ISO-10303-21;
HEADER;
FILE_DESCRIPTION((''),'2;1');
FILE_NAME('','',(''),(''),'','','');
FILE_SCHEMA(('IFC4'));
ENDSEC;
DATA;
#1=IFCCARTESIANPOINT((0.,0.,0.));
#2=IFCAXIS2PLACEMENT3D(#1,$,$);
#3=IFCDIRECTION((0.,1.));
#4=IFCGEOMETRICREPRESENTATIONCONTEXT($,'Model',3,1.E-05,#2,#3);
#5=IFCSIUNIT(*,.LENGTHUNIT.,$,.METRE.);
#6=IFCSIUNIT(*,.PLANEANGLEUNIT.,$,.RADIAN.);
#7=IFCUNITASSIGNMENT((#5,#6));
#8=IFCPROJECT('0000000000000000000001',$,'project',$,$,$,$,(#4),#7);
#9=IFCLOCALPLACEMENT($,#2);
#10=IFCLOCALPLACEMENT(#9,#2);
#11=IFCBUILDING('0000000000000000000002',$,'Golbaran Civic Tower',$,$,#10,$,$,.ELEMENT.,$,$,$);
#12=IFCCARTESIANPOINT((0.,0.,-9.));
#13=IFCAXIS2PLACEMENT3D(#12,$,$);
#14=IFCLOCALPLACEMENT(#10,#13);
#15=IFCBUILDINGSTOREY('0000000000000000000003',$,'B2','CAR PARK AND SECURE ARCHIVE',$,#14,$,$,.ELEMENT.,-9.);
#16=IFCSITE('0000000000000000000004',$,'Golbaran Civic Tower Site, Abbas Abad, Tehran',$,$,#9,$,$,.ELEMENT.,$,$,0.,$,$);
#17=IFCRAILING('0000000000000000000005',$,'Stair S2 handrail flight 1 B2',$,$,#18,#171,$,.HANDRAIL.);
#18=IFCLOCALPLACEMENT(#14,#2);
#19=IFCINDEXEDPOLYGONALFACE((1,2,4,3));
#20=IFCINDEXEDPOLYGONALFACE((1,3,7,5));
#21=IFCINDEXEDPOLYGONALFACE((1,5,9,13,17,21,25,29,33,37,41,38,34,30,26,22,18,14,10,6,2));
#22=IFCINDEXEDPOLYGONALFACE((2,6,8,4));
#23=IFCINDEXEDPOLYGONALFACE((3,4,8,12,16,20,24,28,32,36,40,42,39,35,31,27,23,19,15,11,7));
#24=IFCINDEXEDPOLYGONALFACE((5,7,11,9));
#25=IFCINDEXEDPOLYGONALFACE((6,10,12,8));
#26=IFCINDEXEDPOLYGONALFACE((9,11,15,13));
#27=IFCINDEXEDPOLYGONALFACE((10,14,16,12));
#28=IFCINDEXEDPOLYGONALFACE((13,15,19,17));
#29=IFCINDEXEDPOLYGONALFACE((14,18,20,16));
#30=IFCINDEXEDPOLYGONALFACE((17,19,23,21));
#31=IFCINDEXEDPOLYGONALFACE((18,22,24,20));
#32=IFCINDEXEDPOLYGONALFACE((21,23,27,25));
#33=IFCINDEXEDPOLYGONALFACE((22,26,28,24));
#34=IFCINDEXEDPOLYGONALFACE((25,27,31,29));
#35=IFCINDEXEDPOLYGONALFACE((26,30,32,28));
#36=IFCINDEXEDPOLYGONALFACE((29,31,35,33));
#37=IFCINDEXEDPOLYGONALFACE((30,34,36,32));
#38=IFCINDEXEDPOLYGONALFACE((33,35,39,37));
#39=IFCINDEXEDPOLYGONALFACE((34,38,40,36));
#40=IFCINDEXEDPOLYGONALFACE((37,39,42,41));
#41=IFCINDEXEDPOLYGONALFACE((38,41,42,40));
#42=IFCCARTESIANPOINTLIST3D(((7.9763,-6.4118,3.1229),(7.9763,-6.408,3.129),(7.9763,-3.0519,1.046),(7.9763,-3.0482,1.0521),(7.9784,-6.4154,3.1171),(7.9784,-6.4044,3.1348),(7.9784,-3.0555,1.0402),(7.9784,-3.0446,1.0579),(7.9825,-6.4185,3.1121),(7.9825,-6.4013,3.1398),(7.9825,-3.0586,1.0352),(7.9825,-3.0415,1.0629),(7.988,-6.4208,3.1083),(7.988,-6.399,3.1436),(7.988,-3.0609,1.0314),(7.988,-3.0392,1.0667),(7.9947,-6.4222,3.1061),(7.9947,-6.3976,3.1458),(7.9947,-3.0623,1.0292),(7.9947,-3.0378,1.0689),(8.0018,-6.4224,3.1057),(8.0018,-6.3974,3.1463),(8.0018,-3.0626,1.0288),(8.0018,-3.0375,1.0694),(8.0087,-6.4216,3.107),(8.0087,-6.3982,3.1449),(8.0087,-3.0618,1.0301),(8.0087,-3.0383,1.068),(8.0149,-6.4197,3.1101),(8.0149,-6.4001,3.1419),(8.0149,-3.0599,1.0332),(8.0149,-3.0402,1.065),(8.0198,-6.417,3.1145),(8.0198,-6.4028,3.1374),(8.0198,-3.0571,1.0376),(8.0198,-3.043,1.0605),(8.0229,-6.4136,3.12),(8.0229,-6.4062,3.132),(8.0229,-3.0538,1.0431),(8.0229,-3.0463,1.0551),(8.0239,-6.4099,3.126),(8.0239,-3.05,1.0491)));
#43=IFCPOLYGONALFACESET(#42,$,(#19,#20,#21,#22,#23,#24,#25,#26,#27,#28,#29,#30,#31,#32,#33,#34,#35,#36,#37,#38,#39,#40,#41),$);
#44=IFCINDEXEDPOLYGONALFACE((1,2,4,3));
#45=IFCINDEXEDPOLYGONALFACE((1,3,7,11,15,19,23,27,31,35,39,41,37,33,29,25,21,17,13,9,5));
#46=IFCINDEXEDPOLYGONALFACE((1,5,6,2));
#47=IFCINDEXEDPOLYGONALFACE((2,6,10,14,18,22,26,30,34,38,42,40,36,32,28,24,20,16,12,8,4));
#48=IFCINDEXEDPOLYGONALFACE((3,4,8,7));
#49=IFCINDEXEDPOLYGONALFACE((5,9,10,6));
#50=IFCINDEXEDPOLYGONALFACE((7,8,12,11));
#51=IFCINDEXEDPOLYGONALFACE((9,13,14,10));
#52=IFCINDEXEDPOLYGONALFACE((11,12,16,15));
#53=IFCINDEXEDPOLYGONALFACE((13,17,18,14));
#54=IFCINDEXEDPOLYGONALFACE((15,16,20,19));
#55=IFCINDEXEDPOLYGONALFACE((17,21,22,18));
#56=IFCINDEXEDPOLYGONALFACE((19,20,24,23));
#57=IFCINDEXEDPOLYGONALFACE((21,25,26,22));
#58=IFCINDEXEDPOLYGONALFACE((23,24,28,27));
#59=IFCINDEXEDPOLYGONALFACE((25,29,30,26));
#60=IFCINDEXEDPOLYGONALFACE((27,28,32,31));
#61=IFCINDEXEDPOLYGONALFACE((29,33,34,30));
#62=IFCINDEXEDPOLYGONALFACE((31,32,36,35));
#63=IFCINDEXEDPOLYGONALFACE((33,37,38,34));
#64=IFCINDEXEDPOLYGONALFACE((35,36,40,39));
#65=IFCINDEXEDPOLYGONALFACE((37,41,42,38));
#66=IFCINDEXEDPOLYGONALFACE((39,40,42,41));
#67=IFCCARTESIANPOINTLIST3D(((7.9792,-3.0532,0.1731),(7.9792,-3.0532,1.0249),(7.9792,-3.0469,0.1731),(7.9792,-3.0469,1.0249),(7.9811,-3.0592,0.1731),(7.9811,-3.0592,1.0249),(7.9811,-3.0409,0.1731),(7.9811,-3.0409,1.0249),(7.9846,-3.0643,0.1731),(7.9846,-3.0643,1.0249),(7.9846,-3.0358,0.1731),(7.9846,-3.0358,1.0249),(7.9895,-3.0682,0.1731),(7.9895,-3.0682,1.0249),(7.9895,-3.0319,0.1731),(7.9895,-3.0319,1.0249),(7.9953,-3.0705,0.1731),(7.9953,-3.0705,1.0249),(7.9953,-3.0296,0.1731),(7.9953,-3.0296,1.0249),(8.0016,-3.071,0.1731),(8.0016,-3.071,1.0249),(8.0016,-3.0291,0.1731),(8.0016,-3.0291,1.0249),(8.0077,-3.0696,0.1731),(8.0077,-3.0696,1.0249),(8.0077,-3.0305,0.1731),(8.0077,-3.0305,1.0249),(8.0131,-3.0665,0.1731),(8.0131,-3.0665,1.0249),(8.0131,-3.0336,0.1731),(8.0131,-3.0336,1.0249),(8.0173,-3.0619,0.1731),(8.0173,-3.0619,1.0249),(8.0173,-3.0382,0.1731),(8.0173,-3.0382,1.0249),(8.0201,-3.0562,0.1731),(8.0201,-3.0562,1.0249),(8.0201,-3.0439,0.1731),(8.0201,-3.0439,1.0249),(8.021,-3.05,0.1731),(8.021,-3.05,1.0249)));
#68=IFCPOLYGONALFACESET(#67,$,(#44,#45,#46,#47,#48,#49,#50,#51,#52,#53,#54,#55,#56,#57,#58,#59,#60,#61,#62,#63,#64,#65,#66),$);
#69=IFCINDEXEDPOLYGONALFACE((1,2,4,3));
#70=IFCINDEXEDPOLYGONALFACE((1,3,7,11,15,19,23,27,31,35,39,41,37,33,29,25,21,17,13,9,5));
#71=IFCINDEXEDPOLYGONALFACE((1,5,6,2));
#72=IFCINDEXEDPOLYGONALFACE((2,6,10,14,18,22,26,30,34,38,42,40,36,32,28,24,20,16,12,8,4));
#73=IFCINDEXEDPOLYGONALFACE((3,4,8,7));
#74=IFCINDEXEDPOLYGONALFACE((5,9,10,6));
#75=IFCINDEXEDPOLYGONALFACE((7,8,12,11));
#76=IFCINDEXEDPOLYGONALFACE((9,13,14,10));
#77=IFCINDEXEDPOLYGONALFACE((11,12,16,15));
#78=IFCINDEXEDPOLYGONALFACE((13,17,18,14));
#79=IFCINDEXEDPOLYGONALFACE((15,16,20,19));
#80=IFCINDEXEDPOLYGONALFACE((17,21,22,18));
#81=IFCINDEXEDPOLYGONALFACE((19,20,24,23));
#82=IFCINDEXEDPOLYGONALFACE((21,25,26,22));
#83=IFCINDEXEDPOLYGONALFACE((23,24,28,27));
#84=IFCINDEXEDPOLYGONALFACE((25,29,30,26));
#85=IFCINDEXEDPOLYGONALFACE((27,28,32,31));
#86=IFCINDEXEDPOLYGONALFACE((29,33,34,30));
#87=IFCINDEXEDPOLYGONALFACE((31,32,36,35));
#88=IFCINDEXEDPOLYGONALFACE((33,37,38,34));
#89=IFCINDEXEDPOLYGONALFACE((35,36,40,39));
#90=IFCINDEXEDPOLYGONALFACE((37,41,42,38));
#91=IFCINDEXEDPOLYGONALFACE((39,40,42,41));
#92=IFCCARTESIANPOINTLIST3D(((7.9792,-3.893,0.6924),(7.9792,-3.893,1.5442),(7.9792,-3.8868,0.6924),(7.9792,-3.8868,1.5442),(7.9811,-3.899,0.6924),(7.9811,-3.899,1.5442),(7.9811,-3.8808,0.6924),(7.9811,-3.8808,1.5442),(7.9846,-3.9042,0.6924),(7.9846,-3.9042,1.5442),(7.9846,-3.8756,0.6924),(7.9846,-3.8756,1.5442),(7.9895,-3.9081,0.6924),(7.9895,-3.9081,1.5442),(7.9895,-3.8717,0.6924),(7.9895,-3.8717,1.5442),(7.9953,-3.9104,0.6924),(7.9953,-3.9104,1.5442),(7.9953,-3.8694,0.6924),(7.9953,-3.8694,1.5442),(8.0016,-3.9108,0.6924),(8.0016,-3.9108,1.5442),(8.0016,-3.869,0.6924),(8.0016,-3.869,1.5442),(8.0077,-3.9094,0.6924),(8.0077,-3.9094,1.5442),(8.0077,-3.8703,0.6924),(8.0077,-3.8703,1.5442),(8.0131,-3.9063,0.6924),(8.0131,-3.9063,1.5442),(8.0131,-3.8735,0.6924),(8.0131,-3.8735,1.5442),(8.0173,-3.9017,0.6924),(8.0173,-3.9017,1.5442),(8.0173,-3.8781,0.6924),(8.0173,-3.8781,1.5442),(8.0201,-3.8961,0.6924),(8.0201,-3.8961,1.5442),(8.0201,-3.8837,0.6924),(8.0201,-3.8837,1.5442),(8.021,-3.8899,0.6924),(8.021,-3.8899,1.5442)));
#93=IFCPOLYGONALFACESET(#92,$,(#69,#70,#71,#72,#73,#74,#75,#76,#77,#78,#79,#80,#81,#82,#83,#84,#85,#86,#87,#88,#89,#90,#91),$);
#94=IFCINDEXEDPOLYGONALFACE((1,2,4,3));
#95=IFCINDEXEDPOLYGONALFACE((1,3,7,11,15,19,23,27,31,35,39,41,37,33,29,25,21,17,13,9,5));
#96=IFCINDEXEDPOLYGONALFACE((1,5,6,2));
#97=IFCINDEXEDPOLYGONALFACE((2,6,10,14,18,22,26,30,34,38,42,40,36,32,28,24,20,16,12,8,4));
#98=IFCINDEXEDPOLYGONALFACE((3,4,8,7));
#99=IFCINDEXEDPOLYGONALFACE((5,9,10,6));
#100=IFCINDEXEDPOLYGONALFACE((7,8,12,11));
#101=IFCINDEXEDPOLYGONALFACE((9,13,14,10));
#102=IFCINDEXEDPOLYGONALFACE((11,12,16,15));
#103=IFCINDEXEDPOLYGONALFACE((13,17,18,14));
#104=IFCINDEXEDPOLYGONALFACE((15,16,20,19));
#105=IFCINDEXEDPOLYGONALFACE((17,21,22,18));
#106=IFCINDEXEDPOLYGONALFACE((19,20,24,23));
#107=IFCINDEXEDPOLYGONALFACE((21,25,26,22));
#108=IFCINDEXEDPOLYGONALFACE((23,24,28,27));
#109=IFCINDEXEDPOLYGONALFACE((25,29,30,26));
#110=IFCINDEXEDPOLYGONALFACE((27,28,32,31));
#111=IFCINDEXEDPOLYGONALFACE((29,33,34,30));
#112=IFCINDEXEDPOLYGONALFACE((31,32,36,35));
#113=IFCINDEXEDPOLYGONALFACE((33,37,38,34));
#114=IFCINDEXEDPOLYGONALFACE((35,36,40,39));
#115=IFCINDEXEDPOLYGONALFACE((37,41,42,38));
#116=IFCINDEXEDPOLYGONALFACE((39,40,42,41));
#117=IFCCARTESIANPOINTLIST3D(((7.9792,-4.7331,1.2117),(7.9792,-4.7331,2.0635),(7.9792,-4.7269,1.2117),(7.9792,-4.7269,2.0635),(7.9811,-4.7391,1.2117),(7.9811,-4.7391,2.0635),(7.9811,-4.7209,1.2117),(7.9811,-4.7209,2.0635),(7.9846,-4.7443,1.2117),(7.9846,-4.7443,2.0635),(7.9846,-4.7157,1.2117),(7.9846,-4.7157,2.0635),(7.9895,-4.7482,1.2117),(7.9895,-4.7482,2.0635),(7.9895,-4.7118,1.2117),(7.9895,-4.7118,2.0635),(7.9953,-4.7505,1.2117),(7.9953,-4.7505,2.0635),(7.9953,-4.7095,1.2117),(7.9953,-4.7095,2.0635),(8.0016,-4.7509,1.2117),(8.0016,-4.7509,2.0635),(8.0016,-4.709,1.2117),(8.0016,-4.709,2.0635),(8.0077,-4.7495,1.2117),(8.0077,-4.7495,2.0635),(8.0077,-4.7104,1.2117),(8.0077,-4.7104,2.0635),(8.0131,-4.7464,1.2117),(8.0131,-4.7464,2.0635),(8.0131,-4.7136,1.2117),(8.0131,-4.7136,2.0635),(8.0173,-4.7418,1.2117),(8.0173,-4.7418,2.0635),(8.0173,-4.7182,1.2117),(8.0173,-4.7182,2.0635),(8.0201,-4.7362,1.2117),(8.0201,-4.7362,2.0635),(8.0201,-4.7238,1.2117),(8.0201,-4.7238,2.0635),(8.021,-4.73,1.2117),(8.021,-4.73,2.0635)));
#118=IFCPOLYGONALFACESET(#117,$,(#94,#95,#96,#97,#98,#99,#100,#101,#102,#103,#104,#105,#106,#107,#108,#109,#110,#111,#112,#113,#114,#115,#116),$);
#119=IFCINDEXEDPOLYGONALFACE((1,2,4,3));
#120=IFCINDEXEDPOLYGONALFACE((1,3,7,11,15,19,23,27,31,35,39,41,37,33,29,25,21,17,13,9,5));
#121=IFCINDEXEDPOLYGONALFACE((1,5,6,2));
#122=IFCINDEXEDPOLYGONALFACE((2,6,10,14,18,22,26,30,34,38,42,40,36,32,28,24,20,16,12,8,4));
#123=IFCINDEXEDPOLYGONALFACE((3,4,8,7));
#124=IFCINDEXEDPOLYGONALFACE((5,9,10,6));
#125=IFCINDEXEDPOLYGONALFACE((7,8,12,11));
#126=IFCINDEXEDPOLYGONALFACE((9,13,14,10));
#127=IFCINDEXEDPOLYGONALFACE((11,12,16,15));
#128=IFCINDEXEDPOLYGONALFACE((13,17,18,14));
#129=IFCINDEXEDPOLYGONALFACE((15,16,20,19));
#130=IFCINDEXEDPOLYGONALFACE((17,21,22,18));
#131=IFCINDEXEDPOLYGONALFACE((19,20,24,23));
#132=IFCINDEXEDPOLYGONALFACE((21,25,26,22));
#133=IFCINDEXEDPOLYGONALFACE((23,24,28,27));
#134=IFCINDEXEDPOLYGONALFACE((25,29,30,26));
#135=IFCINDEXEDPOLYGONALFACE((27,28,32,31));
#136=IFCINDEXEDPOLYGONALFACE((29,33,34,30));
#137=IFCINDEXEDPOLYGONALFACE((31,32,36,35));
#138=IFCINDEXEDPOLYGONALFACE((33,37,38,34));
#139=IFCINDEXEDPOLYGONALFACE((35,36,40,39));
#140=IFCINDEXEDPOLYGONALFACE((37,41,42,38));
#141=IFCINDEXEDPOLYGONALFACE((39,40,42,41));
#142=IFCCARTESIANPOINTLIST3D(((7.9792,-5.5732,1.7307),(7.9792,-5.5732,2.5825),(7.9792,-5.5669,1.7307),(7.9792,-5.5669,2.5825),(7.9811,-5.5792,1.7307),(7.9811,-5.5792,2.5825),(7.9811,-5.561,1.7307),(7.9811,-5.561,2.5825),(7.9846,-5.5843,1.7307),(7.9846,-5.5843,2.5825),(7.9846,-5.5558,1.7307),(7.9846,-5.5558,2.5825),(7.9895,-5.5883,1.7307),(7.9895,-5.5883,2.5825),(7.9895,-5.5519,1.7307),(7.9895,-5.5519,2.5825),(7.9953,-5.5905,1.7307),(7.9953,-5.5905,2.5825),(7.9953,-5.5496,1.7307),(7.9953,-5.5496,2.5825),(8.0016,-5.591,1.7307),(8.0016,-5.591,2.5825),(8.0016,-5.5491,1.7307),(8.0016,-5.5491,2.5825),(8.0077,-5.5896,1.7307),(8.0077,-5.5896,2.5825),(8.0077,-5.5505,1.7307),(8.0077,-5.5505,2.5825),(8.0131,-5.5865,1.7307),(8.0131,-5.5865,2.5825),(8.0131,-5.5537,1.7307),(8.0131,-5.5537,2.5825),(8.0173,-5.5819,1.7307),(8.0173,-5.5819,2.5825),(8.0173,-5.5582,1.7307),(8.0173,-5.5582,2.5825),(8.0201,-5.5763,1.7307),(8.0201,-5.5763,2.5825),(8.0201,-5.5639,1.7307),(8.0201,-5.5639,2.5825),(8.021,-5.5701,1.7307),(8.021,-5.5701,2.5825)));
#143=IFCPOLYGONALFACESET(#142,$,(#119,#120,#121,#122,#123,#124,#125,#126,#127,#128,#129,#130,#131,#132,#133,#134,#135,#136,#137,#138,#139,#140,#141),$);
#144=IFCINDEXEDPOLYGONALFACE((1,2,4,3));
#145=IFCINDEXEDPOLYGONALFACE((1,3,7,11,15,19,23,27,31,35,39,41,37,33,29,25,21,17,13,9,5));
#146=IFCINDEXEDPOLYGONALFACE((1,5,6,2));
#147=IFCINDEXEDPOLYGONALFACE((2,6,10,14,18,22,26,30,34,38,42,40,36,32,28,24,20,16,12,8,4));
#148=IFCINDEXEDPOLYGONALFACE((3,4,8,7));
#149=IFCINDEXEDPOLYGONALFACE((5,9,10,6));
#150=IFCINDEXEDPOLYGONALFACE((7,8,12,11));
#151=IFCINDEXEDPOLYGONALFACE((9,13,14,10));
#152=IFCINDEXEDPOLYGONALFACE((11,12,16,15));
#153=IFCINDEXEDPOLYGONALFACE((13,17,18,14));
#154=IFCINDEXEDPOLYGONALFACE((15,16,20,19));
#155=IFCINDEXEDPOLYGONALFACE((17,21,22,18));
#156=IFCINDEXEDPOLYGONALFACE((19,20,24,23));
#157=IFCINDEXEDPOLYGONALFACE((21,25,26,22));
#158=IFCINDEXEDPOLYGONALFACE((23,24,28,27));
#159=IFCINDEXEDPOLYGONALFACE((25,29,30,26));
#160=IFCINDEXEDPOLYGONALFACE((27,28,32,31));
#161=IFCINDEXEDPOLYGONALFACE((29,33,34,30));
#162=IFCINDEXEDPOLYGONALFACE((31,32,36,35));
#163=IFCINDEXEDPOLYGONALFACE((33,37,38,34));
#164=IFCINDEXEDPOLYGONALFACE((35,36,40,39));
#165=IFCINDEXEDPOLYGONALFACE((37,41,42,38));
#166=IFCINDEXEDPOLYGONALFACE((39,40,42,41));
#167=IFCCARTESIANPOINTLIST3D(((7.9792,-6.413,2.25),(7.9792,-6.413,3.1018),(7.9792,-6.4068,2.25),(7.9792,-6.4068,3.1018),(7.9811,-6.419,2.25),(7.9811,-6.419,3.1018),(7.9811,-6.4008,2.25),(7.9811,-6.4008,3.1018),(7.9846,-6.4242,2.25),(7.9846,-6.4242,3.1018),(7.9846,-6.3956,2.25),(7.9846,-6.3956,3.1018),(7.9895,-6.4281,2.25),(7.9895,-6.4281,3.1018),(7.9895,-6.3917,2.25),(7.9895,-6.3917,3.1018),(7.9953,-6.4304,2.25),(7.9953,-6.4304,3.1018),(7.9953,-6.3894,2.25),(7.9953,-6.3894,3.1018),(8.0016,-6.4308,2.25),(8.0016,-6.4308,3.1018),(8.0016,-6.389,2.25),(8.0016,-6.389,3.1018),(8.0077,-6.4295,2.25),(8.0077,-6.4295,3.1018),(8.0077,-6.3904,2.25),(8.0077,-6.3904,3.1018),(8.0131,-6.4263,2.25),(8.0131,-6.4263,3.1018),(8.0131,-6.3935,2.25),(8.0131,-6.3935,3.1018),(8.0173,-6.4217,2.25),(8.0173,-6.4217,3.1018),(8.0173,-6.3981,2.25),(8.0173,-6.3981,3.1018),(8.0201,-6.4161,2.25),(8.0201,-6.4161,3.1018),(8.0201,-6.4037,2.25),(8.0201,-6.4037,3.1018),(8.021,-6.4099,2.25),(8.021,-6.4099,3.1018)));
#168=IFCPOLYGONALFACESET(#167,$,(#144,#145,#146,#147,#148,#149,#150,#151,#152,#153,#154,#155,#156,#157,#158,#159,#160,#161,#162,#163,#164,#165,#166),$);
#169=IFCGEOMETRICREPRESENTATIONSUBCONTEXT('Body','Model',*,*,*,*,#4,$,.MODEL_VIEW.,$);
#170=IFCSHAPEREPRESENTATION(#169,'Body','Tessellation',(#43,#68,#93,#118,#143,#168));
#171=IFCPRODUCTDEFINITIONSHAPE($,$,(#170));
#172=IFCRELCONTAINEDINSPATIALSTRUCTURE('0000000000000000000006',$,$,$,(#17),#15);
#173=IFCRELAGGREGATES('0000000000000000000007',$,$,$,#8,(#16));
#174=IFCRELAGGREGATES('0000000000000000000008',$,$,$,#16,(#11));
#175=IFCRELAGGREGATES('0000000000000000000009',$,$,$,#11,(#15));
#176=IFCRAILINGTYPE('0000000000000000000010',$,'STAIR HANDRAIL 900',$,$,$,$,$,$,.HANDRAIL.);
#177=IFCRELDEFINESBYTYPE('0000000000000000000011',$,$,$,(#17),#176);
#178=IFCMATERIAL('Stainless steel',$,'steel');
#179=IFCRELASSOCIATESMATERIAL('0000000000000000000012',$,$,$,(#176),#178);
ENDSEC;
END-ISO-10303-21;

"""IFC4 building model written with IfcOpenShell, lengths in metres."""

from ifc_helpers import new_model, si_unit, direction, frame, origin, origin_2d, place, context, subcontext, project, spatial, circle, extrude, material, type_object, element, save


model = new_model("IFC4")

# Units and contexts
model_context = context("Model", 3, precision=1e-05, world=origin(), true_north=direction((0.0, 1.0)))
body_context = subcontext(model_context, "Body", "Model", "MODEL_VIEW")
ifc_project = project(units=[si_unit("LENGTHUNIT", "METRE"), si_unit("PLANEANGLEUNIT", "RADIAN")], contexts=[model_context])

# Site, building, storey
site_placement = place(None, origin())
site = spatial("IfcSite", under=ifc_project, at=site_placement, Name="Golbaran Civic Tower Site, Abbas Abad, Tehran", CompositionType="ELEMENT", RefElevation=0.0)
building_placement = place(site_placement, origin())
building = spatial("IfcBuilding", under=site, at=building_placement, Name="Golbaran Civic Tower", CompositionType="ELEMENT")
storey_placement = place(building_placement, frame((0.0, 0.0, -9.0)))
storey = spatial("IfcBuildingStorey", under=building, at=storey_placement, Name="B2", Description="CAR PARK AND SECURE ARCHIVE", CompositionType="ELEMENT", Elevation=-9.0)

# Shared definitions
ifc_material_1 = material(Name="Stainless steel", Category="steel")

# Railing
railing_type = type_object("IfcRailingType", Name="STAIR HANDRAIL 900", PredefinedType="HANDRAIL", material=ifc_material_1)
railing_1_placement = place(storey_placement, frame((8.0, -3.05, 0.1731)))
element("IfcRailing", 1, at=railing_1_placement, inside=storey, type_object=railing_type, Name="Stair S2 handrail flight 1 B2", PredefinedType="HANDRAIL", context=body_context, shape_type="SweptSolid", body=[
    extrude(circle(Radius=0.0239, at=origin_2d()), frame((0.0, 0.0, 0.876), z_axis=(0.0, -0.850606, 0.525803), x_axis=(1.0, 0.0, 0.0)), (0.0, 0.0, 1.0), 3.95),
    extrude(circle(Radius=0.021, at=origin_2d()), origin(), (0.0, 0.0, 1.0), 0.8518),
    extrude(circle(Radius=0.021, at=origin_2d()), frame((0.0, -0.8398, 0.5193)), (0.0, 0.0, 1.0), 0.8518),
    extrude(circle(Radius=0.021, at=origin_2d()), frame((0.0, -1.6799, 1.0386)), (0.0, 0.0, 1.0), 0.8518),
    extrude(circle(Radius=0.021, at=origin_2d()), frame((0.0, -2.52, 1.5576)), (0.0, 0.0, 1.0), 0.8518),
    extrude(circle(Radius=0.021, at=origin_2d()), frame((0.0, -3.3599, 2.0769)), (0.0, 0.0, 1.0), 0.8518),
])

save(model, "model.ifc")
